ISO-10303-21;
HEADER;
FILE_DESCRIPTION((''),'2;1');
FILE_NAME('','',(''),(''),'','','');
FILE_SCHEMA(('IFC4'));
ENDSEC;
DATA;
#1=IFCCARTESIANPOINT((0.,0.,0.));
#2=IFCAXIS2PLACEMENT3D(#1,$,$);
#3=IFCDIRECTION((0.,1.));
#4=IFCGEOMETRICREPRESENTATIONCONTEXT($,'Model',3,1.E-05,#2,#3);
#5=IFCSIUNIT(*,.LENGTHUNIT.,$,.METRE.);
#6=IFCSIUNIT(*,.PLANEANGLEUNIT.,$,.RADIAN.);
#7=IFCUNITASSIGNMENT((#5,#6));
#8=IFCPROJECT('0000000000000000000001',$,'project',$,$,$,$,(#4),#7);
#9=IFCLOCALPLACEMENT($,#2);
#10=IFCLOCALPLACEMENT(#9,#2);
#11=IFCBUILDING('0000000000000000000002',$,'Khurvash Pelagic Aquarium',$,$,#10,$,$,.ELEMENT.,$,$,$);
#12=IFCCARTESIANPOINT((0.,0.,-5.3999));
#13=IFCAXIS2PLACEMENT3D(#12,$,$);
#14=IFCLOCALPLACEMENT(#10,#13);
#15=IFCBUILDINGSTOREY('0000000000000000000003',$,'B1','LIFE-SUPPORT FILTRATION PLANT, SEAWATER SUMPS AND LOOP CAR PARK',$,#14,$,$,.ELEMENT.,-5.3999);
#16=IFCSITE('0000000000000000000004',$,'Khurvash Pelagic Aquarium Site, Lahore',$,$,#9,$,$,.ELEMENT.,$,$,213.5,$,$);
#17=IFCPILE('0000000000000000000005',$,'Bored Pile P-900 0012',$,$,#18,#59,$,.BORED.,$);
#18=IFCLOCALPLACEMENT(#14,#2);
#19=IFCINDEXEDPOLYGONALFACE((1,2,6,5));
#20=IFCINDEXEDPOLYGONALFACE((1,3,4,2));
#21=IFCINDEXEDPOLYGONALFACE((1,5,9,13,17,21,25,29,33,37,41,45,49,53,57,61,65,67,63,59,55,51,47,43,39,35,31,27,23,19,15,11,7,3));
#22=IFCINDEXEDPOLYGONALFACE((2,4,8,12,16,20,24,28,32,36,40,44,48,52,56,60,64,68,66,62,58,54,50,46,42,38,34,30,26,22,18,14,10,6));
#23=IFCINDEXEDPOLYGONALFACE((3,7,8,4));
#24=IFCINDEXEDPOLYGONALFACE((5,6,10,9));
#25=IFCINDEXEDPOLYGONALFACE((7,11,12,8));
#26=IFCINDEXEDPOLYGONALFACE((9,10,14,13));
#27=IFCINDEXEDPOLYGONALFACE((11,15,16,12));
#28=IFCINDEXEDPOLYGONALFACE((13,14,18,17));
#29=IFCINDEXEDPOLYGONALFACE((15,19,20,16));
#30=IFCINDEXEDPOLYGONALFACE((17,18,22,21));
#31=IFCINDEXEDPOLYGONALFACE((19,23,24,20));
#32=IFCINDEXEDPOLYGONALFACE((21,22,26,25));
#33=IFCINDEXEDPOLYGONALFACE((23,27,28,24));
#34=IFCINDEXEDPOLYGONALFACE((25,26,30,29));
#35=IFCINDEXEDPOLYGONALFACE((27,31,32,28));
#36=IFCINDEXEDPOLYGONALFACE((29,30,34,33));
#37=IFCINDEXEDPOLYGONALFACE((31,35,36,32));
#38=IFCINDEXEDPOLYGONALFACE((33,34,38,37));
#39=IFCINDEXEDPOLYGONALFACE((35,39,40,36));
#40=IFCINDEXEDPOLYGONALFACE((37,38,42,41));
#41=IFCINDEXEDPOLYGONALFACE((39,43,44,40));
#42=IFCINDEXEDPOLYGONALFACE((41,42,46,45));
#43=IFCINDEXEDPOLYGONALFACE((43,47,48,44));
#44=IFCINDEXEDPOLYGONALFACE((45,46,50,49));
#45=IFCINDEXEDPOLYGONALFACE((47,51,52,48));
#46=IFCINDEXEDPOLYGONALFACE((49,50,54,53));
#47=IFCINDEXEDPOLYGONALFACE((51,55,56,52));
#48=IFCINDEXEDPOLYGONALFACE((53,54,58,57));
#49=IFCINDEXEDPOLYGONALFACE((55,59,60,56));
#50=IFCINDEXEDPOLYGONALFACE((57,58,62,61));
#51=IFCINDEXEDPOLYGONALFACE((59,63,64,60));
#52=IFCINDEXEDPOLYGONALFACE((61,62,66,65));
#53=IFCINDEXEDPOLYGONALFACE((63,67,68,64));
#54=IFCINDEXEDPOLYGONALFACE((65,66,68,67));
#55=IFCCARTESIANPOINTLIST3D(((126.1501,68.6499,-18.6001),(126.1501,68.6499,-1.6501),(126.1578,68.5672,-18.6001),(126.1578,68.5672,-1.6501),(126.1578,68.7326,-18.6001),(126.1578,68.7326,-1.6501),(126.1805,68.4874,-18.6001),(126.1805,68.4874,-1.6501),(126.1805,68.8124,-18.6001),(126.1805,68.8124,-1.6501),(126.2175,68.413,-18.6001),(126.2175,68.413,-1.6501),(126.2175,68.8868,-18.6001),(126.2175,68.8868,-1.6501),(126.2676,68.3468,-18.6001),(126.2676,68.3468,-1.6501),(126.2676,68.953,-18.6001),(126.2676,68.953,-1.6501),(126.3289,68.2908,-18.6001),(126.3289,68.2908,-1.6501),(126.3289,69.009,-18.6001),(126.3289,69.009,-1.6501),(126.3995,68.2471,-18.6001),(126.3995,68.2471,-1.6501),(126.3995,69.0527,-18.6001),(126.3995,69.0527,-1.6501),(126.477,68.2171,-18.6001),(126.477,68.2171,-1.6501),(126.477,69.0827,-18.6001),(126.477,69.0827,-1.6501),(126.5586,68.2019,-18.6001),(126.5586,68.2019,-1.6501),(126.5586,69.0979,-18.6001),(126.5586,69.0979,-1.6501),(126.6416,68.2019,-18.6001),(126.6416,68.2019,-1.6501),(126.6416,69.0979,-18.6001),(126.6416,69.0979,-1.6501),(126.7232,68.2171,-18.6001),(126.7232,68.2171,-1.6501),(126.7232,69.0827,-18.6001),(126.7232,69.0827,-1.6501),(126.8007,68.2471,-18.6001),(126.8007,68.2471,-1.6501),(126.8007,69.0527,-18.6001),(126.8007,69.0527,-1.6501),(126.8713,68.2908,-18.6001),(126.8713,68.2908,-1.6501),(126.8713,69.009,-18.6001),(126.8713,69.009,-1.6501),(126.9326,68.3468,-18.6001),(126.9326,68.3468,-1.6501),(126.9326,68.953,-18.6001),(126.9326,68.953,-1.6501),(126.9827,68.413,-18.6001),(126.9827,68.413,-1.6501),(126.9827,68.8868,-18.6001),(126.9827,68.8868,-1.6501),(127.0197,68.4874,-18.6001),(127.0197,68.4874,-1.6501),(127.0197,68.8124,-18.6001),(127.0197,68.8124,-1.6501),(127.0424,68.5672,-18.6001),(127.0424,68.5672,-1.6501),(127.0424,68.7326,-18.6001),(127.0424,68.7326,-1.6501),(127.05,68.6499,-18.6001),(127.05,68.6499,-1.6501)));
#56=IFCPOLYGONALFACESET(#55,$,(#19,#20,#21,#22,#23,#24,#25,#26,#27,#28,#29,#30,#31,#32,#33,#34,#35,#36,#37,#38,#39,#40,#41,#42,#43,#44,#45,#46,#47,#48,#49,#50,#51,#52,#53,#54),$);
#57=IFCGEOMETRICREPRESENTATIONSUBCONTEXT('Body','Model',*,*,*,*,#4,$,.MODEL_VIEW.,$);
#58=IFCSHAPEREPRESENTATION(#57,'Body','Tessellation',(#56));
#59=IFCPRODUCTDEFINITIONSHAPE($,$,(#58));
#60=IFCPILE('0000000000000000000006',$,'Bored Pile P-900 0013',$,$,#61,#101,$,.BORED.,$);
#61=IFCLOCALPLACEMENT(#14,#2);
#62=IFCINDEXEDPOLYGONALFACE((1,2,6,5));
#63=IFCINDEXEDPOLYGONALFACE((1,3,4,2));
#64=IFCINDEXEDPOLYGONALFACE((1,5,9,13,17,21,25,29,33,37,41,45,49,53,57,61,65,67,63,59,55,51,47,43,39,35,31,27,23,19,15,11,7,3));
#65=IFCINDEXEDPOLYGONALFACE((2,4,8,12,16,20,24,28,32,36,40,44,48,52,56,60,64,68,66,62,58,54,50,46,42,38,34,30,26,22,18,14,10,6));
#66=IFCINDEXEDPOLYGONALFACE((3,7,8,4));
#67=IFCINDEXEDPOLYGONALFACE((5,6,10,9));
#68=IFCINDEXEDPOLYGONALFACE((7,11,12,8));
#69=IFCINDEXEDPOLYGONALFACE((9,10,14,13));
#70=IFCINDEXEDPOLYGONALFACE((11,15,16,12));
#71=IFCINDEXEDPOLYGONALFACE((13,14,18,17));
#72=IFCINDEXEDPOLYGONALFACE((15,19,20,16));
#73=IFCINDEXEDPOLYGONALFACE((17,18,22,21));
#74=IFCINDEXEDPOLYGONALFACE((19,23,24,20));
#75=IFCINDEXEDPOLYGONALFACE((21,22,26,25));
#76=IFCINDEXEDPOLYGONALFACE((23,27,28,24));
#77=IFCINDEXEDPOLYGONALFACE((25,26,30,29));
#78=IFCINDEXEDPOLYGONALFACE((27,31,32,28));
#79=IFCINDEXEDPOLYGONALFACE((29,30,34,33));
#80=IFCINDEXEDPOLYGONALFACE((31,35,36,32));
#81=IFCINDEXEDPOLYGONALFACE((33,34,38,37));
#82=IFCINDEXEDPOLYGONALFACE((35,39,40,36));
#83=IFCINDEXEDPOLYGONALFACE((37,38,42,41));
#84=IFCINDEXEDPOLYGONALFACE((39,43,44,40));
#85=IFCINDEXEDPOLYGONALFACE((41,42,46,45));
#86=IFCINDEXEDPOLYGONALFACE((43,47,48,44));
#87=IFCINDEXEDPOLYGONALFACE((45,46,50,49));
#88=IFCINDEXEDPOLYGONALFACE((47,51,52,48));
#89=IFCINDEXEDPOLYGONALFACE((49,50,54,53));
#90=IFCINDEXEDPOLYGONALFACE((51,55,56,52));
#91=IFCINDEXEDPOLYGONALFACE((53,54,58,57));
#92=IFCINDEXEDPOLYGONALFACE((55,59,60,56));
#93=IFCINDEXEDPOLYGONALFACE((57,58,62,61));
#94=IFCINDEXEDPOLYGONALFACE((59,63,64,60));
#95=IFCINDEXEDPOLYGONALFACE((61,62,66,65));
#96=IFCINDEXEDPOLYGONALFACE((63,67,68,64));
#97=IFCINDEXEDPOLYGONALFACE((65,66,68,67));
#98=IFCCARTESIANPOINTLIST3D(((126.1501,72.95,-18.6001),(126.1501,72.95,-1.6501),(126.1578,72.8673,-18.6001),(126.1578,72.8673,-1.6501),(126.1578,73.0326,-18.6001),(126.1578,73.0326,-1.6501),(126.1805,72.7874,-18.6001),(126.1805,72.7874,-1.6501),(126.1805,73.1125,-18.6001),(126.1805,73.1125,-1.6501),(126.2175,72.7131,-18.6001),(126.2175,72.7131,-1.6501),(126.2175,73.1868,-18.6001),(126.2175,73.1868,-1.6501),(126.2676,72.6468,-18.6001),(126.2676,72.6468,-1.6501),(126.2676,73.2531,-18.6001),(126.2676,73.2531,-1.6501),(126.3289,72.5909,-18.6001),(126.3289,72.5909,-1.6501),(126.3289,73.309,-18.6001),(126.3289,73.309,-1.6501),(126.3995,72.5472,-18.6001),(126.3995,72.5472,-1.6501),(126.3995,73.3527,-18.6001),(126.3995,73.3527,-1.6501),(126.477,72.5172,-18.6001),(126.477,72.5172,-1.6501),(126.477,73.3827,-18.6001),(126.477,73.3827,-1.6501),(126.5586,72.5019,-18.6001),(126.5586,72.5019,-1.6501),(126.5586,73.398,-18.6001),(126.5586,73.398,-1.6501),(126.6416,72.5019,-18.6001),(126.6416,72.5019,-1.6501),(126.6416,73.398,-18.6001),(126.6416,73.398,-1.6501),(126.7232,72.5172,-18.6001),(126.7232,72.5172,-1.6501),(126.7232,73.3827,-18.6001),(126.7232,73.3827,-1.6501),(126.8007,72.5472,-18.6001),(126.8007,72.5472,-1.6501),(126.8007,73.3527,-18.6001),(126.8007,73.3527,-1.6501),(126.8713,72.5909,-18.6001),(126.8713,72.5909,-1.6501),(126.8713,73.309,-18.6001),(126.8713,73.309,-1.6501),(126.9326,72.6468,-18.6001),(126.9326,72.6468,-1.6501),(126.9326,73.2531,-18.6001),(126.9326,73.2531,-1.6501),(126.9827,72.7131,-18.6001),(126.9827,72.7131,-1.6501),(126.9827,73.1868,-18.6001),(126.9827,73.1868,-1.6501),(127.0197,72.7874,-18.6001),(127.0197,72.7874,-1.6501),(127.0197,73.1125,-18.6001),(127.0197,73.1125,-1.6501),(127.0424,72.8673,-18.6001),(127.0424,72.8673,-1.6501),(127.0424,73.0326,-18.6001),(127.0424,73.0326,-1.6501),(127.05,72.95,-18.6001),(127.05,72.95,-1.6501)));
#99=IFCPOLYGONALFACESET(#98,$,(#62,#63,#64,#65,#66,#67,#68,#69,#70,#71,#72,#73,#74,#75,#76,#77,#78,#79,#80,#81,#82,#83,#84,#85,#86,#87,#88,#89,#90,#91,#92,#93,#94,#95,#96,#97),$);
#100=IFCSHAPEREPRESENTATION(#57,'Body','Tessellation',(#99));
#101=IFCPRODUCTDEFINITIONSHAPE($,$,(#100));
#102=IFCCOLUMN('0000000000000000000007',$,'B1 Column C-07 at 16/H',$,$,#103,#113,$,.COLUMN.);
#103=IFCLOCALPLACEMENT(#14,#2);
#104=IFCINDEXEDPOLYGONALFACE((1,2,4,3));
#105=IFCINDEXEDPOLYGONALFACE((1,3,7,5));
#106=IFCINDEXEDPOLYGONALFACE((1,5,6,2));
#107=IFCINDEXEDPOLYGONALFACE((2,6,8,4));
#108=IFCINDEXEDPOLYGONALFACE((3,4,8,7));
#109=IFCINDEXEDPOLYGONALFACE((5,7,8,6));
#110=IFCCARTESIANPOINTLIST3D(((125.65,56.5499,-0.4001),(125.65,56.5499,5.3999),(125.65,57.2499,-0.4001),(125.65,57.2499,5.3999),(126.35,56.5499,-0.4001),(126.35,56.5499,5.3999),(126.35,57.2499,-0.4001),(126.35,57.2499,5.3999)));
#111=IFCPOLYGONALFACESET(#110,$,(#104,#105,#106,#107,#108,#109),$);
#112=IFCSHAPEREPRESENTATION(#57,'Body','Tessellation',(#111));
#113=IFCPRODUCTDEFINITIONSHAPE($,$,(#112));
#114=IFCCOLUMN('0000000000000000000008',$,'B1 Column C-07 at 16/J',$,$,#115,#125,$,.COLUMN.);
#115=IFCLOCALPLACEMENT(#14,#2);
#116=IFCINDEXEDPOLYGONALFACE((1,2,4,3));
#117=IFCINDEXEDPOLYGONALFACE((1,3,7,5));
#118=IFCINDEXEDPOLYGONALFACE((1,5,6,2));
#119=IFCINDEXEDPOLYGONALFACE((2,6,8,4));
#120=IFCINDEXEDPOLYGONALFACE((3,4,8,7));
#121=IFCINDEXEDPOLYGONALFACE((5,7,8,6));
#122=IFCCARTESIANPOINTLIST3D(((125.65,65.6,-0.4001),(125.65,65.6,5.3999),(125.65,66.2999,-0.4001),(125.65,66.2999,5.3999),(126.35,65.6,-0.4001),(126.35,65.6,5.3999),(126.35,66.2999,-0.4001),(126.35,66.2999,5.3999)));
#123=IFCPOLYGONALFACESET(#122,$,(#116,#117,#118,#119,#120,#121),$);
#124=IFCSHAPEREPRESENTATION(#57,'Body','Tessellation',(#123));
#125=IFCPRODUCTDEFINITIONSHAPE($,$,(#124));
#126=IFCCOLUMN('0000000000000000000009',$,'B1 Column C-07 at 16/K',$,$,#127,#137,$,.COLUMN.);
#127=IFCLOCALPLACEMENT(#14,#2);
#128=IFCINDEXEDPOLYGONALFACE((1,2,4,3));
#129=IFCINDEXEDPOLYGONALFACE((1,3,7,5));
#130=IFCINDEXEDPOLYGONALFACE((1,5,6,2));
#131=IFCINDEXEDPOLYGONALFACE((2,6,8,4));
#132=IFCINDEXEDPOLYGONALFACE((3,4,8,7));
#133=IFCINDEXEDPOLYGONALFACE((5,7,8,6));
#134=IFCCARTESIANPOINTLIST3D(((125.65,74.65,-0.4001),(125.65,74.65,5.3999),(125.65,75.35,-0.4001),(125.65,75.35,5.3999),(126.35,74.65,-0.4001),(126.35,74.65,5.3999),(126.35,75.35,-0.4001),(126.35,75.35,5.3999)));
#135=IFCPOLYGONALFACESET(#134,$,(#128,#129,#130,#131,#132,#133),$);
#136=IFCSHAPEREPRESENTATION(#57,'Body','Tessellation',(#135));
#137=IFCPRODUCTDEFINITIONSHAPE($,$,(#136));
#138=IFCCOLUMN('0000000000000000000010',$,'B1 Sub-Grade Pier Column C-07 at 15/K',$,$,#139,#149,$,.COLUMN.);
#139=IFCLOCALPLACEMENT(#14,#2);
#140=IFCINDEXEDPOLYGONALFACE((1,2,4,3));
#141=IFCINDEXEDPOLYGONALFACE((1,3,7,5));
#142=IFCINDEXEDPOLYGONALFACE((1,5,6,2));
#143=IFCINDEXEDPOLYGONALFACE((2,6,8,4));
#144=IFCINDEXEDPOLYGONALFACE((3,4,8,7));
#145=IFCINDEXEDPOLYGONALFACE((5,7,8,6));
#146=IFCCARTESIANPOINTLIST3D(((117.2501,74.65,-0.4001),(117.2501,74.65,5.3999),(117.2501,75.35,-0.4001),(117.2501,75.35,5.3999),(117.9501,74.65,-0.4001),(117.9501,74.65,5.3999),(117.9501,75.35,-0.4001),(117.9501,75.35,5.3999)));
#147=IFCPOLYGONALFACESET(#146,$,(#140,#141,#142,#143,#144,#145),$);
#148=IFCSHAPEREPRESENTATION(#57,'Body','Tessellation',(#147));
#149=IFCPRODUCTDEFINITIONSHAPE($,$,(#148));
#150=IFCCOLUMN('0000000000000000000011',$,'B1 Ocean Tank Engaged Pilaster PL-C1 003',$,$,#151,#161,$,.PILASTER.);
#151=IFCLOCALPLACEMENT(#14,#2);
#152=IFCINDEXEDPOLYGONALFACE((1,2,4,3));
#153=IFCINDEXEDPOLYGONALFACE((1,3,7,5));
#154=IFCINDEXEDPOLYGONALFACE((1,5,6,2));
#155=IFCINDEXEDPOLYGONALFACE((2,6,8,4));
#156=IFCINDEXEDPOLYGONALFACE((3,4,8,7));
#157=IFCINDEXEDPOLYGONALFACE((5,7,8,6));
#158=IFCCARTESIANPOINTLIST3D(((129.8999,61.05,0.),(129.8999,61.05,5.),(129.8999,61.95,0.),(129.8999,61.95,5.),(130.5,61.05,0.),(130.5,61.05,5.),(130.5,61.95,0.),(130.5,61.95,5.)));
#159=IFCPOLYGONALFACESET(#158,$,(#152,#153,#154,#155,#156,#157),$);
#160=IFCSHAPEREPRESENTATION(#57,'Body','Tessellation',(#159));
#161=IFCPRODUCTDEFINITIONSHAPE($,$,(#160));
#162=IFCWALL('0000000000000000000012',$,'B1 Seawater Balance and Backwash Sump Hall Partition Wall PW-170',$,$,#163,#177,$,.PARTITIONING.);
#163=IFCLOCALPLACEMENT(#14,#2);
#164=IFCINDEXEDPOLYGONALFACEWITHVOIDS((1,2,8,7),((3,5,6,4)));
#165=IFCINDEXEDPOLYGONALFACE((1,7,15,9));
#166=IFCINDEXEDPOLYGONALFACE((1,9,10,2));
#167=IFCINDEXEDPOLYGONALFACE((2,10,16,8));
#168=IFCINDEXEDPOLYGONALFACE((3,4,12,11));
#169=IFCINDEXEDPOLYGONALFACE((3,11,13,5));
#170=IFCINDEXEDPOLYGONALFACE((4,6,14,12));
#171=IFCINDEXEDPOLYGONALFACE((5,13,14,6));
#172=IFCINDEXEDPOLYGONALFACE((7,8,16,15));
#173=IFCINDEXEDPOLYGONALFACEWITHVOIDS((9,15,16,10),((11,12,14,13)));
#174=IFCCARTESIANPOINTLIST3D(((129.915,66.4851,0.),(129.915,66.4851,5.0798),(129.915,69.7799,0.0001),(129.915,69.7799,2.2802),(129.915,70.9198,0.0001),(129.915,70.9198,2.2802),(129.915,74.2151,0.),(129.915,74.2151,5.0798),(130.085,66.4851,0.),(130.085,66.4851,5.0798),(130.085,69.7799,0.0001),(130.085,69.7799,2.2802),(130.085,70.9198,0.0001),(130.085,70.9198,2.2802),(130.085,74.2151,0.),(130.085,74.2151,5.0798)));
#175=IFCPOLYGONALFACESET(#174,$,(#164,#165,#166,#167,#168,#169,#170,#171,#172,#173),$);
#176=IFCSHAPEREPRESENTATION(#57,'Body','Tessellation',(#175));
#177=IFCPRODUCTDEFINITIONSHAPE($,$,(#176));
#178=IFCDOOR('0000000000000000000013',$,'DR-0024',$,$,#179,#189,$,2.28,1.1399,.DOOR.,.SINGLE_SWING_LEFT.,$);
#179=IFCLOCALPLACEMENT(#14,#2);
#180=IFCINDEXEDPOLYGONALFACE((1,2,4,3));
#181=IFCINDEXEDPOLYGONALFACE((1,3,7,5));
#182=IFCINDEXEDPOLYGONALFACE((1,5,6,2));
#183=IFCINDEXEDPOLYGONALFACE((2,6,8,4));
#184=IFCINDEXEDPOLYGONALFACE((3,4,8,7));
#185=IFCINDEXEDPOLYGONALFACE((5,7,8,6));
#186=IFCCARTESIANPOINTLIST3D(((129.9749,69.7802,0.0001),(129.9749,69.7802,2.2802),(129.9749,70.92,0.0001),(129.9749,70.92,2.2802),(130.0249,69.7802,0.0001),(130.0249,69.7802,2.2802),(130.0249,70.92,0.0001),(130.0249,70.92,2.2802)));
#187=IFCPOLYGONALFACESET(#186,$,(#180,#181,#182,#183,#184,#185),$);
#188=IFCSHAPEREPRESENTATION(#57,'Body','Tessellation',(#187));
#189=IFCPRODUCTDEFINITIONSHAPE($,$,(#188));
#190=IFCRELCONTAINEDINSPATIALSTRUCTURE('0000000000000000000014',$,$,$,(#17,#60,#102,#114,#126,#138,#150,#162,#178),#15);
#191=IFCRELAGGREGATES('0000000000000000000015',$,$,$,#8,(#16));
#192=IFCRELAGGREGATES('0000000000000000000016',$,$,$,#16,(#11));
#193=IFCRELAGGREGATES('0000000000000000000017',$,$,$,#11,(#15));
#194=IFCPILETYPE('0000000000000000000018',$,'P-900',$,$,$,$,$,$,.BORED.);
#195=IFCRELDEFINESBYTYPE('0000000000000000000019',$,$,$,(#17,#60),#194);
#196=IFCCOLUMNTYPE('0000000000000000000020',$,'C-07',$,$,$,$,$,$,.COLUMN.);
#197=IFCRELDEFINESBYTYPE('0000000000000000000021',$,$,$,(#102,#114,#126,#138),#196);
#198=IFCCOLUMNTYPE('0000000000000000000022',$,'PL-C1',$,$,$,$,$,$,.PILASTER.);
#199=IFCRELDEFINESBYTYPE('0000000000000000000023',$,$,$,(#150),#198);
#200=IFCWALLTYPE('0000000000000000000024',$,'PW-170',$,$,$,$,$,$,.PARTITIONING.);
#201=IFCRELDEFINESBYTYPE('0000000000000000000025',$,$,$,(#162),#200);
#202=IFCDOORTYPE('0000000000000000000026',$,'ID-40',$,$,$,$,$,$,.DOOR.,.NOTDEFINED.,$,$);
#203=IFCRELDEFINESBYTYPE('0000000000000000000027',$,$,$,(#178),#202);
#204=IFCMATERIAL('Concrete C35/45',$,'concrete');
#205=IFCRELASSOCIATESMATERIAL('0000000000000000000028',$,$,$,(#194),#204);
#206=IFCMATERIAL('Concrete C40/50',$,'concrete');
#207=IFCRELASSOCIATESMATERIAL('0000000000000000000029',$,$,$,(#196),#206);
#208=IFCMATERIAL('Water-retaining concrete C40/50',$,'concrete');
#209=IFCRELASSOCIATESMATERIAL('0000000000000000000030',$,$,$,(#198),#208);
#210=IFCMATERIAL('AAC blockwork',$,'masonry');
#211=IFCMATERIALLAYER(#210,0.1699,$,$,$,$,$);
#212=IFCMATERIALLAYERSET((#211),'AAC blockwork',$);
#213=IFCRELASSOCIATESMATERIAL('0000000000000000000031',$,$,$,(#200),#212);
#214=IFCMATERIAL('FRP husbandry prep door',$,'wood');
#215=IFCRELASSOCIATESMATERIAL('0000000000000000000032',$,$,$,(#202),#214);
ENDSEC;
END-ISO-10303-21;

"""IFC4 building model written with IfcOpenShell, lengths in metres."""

from ifc_helpers import new_model, si_unit, direction, frame, frame_2d, origin, origin_2d, place, context, subcontext, project, spatial, rectangle, circle, extrude, material, layer, layer_set, material_profile, profile_set, type_object, element, fill, save


model = new_model("IFC4")

# Units and contexts
model_context = context("Model", 3, precision=1e-05, world=origin(), true_north=direction((0.0, 1.0)))
body_context = subcontext(model_context, "Body", "Model", "MODEL_VIEW")
ifc_project = project(units=[si_unit("LENGTHUNIT", "METRE"), si_unit("PLANEANGLEUNIT", "RADIAN")], contexts=[model_context])

# Site, building, storey
site_placement = place(None, origin())
site = spatial("IfcSite", under=ifc_project, at=site_placement, Name="Khurvash Pelagic Aquarium Site, Lahore", CompositionType="ELEMENT", RefElevation=213.5)
building_placement = place(site_placement, origin())
building = spatial("IfcBuilding", under=site, at=building_placement, Name="Khurvash Pelagic Aquarium", CompositionType="ELEMENT")
storey_placement = place(building_placement, frame((0.0, 0.0, -5.3999)))
storey = spatial("IfcBuildingStorey", under=building, at=storey_placement, Name="B1", Description="LIFE-SUPPORT FILTRATION PLANT, SEAWATER SUMPS AND LOOP CAR PARK", CompositionType="ELEMENT", Elevation=-5.3999)

# Piles
ifc_material_1 = material(Name="Concrete C35/45", Category="concrete")
ifc_material_profile_1 = material_profile(ifc_material_1, circle(Radius=0.45, at=origin_2d()), Name="PILE900")
ifc_profile_set_1 = profile_set([ifc_material_profile_1], Name="Concrete C35/45")
pile_type_1 = type_object("IfcPileType", Name="P-900", PredefinedType="BORED", material=ifc_profile_set_1)
for number, where, z_axis, x_axis, name in (
    (1, (126.6001, 68.6499, -1.6501), (0.0, 0.0, -1.0), (1.0, 0.0, 0.0), "Bored Pile P-900 0012"),
    (2, (126.6001, 72.95, -1.6501), (0.0, 0.0, -1.0), (1.0, 0.0, 0.0), "Bored Pile P-900 0013"),
):
    element("IfcPile", number, at=place(storey_placement, frame(where, z_axis=z_axis, x_axis=x_axis)), inside=storey, type_object=pile_type_1, Name=name, PredefinedType="BORED", context=body_context, shape_type="SweptSolid", body=[
        extrude(circle(Radius=0.45, at=origin_2d()), origin(), (0.0, 0.0, 1.0), 16.95),
    ])

# Columns
ifc_material_2 = material(Name="Concrete C40/50", Category="concrete")
ifc_material_profile_2 = material_profile(ifc_material_2, rectangle(XDim=0.7, YDim=0.7, at=origin_2d()), Name="RC700X700")
ifc_profile_set_2 = profile_set([ifc_material_profile_2], Name="Concrete C40/50")
column_type_1 = type_object("IfcColumnType", Name="C-07", PredefinedType="COLUMN", material=ifc_profile_set_2)
for number, where, z_axis, x_axis, name in (
    (3, (126.0, 56.8999, -0.4001), (0.0, 0.0, 1.0), (1.0, 0.0, 0.0), "B1 Column C-07 at 16/H"),
    (4, (126.0, 65.95, -0.4001), (0.0, 0.0, 1.0), (1.0, 0.0, 0.0), "B1 Column C-07 at 16/J"),
    (5, (126.0, 75.0, -0.4001), (0.0, 0.0, 1.0), (1.0, 0.0, 0.0), "B1 Column C-07 at 16/K"),
    (6, (117.6001, 75.0, -0.4001), (0.0, 0.0, 1.0), (1.0, 0.0, 0.0), "B1 Sub-Grade Pier Column C-07 at 15/K"),
):
    element("IfcColumn", number, at=place(storey_placement, frame(where, z_axis=z_axis, x_axis=x_axis)), inside=storey, type_object=column_type_1, Name=name, PredefinedType="COLUMN", context=body_context, shape_type="SweptSolid", body=[
        extrude(rectangle(XDim=0.7, YDim=0.7, at=origin_2d()), origin(), (0.0, 0.0, 1.0), 5.8),
    ])
ifc_material_3 = material(Name="Water-retaining concrete C40/50", Category="concrete")
ifc_material_profile_3 = material_profile(ifc_material_3, rectangle(XDim=0.6001, YDim=0.8999, at=origin_2d()), Name="RC600X900")
ifc_profile_set_3 = profile_set([ifc_material_profile_3], Name="Water-retaining concrete C40/50")
column_type_2 = type_object("IfcColumnType", Name="PL-C1", PredefinedType="PILASTER", material=ifc_profile_set_3)
column_placement = place(storey_placement, frame((130.2, 61.5, 0.0), z_axis=(0.0, 0.0, 1.0), x_axis=(1.0, 0.0, 0.0)))
element("IfcColumn", 7, at=column_placement, inside=storey, type_object=column_type_2, Name="B1 Ocean Tank Engaged Pilaster PL-C1 003", PredefinedType="PILASTER", context=body_context, shape_type="SweptSolid", body=[
    extrude(rectangle(XDim=0.6001, YDim=0.8999, at=origin_2d()), origin(), (0.0, 0.0, 1.0), 5.0),
])

# Wall, opening, door
ifc_material_4 = material(Name="AAC blockwork", Category="masonry")
ifc_layer_1 = layer(ifc_material_4, 0.1699)
ifc_layer_set_1 = layer_set([ifc_layer_1], Name="AAC blockwork")
wall_type_1 = type_object("IfcWallType", Name="PW-170", PredefinedType="PARTITIONING", material=ifc_layer_set_1)
wall_1_placement = place(storey_placement, frame((130.0, 66.4851, 0.0), z_axis=(0.0, 0.0, 1.0), x_axis=(0.0, 1.0, 0.0)))
wall_1 = element("IfcWall", 8, at=wall_1_placement, inside=storey, type_object=wall_type_1, Name="B1 Seawater Balance and Backwash Sump Hall Partition Wall PW-170", PredefinedType="PARTITIONING", context=body_context, shape_type="SweptSolid", body=[
    extrude(rectangle(XDim=7.73, YDim=0.1699, at=frame_2d((3.865, 0.0))), origin(), (0.0, 0.0, 1.0), 5.0798),
])
opening_1_placement = place(wall_1_placement, frame((3.2949, 0.0, 0.0)))
opening_1 = element("IfcOpeningElement", 9, at=opening_1_placement, cuts=wall_1, PredefinedType="OPENING", context=body_context, shape_type="SweptSolid", body=[
    extrude(rectangle(XDim=1.1399, YDim=2.28, at=frame_2d((0.5698, 1.1401))), frame((0.0, 0.095, 0.0), z_axis=(0.0, -1.0, 0.0), x_axis=(1.0, 0.0, 0.0)), (0.0, 0.0, 1.0), 0.1899),
])
ifc_material_5 = material(Name="FRP husbandry prep door", Category="wood")
door_type_1 = type_object("IfcDoorType", Name="ID-40", OperationType="NOTDEFINED", PredefinedType="DOOR", material=ifc_material_5)
door_1_placement = place(opening_1_placement, frame((1.1399, 0.0, 0.0), z_axis=(0.0, 0.0, 1.0), x_axis=(-1.0, 0.0, 0.0)))
door_1 = element("IfcDoor", 10, at=door_1_placement, inside=storey, type_object=door_type_1, Name="DR-0024", OperationType="SINGLE_SWING_LEFT", OverallHeight=2.28, OverallWidth=1.1399, PredefinedType="DOOR", context=body_context, shape_type="SweptSolid", body=[
    extrude(rectangle(XDim=1.1399, YDim=2.28, at=frame_2d((0.5698, 1.1401))), frame((0.0, 0.0249, 0.0), z_axis=(0.0, -1.0, 0.0), x_axis=(1.0, 0.0, 0.0)), (0.0, 0.0, 1.0), 0.05),
])
fill(opening_1, door_1)

save(model, "model.ifc")
